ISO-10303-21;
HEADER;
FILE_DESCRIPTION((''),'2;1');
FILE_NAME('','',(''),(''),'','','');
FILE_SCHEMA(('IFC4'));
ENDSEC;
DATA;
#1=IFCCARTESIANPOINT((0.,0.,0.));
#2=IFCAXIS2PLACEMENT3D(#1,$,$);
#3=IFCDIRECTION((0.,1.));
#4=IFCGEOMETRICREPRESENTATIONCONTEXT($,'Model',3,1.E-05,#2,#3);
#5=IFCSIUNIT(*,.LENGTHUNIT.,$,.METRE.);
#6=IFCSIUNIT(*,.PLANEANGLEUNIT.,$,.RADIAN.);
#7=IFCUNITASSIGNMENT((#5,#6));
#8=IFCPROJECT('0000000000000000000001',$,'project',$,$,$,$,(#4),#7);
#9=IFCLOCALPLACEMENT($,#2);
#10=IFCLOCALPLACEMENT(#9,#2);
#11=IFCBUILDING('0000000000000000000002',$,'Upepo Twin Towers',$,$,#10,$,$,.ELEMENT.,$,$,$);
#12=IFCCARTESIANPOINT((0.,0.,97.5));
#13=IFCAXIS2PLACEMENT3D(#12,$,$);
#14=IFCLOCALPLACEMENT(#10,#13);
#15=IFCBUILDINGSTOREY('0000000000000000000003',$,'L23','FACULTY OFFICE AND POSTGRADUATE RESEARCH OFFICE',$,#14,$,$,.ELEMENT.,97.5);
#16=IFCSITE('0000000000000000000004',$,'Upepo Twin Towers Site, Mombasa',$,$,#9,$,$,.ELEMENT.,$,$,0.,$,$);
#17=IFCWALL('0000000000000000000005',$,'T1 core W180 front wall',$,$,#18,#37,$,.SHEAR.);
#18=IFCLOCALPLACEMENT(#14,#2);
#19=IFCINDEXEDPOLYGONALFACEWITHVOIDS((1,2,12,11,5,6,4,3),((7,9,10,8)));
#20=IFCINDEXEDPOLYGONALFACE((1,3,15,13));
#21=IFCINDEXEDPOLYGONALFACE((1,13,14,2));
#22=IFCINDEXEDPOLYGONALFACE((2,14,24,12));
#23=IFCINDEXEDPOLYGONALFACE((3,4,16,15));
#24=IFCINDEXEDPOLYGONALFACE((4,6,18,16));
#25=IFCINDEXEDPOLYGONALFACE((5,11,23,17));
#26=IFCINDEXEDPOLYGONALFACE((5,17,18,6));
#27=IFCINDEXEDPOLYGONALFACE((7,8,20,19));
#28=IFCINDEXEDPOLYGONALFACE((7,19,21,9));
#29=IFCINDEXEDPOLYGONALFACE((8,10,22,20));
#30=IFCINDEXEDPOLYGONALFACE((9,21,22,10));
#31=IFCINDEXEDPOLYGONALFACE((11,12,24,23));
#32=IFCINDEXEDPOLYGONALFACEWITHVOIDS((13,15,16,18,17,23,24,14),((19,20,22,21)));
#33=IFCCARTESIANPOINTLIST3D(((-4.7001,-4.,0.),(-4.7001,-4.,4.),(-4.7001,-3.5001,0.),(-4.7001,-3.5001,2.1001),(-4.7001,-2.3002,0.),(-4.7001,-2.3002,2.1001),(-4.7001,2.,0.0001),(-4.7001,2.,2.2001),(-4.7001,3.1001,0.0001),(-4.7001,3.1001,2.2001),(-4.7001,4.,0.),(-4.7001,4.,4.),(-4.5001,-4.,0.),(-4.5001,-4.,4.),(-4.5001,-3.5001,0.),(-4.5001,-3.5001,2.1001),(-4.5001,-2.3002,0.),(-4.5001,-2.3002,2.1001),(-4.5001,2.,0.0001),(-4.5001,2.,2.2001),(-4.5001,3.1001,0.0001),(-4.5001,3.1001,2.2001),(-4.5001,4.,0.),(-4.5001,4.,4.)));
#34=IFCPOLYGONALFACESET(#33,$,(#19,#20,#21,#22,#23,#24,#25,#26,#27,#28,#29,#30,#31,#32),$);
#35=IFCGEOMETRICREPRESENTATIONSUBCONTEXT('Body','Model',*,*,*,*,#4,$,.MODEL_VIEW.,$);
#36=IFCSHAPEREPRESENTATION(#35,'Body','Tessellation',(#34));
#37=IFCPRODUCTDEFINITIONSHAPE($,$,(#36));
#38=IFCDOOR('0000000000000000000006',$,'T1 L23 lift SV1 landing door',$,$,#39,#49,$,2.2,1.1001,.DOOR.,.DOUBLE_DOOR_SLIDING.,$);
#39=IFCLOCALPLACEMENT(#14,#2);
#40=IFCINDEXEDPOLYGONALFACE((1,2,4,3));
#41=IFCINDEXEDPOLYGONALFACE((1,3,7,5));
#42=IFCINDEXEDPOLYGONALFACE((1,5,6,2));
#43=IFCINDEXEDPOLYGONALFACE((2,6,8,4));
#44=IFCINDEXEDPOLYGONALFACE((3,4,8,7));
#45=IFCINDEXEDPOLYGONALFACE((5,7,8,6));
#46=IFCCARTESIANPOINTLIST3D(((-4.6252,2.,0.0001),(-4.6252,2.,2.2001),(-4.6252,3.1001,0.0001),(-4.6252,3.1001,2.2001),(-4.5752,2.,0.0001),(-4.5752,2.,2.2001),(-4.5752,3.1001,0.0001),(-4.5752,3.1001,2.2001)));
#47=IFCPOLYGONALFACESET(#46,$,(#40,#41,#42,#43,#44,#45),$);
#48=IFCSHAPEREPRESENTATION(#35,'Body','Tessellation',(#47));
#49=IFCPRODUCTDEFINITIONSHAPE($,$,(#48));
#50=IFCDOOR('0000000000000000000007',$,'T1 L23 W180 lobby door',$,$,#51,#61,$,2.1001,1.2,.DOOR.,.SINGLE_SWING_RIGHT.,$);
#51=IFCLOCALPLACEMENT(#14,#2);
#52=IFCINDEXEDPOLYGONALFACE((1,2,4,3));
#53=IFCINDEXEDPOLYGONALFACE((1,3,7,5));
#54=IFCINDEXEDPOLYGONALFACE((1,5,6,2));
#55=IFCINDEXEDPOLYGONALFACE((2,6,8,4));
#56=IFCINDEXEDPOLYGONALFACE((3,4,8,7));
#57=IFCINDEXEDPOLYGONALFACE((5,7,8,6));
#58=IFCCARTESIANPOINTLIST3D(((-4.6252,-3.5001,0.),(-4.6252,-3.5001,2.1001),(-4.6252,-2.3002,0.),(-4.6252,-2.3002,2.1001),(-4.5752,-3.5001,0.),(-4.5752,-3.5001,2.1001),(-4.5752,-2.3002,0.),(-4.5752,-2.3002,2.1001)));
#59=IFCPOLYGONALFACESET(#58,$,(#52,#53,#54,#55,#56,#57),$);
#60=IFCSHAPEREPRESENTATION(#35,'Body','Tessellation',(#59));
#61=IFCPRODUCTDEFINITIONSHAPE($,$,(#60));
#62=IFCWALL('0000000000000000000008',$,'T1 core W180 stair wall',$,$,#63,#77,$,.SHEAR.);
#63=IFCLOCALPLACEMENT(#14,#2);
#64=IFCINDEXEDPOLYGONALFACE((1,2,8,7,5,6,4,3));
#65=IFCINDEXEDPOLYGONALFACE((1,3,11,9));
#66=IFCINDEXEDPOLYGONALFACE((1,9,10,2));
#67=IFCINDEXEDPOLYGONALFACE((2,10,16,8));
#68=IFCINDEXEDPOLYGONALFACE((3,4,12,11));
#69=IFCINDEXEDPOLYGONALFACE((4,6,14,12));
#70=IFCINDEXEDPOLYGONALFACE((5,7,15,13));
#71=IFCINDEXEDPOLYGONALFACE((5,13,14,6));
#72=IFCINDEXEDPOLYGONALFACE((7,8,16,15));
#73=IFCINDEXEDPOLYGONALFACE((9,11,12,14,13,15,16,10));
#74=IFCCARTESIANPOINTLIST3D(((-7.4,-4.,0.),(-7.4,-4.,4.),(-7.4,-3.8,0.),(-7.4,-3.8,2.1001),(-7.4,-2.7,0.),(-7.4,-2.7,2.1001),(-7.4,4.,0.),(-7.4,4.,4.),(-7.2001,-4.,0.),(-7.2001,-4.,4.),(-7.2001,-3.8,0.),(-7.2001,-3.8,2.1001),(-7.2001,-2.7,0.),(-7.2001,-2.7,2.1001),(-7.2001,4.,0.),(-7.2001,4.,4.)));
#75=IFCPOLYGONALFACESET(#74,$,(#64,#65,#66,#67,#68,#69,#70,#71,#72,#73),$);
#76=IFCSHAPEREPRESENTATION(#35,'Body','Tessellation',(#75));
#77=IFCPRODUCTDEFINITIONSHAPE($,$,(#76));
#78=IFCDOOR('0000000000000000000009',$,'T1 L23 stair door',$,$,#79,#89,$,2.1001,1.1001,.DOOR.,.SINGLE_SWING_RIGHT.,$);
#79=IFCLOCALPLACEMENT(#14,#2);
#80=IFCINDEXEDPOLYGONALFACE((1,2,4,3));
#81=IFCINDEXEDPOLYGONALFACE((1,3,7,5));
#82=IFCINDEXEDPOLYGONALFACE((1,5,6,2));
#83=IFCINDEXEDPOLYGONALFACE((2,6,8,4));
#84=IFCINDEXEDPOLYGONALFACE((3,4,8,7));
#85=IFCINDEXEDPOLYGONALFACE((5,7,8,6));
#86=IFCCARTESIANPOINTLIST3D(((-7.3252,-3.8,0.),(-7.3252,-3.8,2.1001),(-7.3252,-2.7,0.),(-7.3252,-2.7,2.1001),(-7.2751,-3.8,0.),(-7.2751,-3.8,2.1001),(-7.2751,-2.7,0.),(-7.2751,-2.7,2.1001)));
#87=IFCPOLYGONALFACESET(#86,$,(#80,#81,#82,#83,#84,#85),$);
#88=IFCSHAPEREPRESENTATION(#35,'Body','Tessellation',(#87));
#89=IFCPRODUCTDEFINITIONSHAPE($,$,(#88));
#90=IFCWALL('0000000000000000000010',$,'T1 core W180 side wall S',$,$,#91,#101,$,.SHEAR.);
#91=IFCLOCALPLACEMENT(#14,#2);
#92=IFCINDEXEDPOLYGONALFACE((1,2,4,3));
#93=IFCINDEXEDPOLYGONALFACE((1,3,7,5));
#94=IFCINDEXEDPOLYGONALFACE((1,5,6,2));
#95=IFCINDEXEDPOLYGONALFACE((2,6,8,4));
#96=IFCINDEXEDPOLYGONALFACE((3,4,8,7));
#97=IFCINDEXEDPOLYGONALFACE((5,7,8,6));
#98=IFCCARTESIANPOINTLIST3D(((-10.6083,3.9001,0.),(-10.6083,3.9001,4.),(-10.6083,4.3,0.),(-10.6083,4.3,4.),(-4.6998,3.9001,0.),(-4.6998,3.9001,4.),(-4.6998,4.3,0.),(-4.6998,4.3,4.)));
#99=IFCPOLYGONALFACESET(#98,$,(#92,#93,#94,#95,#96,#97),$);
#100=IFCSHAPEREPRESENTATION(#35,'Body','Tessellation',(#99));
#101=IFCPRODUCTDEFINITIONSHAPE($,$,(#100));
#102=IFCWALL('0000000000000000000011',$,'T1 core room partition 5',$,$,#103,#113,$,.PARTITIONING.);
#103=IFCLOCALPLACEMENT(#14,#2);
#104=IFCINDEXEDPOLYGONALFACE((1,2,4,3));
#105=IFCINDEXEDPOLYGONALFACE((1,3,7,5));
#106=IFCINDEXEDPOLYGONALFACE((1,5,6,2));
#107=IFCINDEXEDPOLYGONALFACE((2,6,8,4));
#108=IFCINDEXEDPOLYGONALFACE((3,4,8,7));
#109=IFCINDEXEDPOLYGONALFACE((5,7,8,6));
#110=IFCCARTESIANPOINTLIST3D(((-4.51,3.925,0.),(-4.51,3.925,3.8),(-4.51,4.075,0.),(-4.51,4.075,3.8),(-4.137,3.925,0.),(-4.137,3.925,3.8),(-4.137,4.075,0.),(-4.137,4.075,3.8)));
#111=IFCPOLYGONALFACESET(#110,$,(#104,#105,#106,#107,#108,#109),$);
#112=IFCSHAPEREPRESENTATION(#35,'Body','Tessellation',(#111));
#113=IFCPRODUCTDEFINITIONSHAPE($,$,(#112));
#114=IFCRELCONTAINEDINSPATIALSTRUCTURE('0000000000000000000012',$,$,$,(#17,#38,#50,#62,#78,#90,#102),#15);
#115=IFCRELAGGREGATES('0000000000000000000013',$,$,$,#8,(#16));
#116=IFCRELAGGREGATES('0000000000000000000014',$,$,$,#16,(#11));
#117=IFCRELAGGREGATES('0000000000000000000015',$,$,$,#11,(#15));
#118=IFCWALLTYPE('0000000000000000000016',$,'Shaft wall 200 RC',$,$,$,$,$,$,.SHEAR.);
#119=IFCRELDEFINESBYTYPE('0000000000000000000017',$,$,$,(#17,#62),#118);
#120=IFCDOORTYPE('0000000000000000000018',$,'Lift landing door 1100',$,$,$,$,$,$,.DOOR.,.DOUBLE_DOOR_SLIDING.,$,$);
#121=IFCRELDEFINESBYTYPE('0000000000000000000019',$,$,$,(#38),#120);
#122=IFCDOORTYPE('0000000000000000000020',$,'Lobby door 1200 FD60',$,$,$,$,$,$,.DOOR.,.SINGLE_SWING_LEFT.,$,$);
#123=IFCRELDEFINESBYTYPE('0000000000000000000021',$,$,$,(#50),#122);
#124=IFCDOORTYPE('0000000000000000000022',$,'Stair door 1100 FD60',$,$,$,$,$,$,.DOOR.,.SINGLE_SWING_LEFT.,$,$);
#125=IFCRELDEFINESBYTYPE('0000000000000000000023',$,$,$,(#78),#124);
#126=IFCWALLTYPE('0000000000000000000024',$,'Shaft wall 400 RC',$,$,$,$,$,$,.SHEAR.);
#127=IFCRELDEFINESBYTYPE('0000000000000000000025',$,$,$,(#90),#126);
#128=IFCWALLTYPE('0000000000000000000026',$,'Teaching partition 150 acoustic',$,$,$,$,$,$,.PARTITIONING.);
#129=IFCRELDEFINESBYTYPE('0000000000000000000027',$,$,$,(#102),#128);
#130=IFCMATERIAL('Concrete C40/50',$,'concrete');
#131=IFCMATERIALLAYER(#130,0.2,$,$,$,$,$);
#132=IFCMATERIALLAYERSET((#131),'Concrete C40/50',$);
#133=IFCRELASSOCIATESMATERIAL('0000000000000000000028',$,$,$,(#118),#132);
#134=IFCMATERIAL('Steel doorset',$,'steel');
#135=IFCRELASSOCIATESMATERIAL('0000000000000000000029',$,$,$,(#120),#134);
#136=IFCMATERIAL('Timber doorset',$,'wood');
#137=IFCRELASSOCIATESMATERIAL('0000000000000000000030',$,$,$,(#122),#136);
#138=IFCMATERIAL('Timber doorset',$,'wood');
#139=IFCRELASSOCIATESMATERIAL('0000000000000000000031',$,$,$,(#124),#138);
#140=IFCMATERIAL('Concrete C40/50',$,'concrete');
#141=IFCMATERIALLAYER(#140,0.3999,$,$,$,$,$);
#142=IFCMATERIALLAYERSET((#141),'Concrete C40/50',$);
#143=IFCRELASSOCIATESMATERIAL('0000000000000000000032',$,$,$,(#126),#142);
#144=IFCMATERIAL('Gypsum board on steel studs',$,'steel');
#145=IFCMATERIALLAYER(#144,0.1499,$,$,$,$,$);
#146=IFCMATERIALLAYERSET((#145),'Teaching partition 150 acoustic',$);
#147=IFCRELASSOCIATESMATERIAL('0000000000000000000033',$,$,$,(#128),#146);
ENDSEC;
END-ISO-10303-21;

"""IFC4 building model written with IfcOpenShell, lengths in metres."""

from ifc_helpers import new_model, si_unit, direction, frame, frame_2d, origin, place, context, subcontext, project, spatial, rectangle, extrude, material, layer, layer_set, type_object, element, fill, save


model = new_model("IFC4")

# Units and contexts
model_context = context("Model", 3, precision=1e-05, world=origin(), true_north=direction((0.0, 1.0)))
body_context = subcontext(model_context, "Body", "Model", "MODEL_VIEW")
ifc_project = project(units=[si_unit("LENGTHUNIT", "METRE"), si_unit("PLANEANGLEUNIT", "RADIAN")], contexts=[model_context])

# Site, building, storey
site_placement = place(None, origin())
site = spatial("IfcSite", under=ifc_project, at=site_placement, Name="Upepo Twin Towers Site, Mombasa", CompositionType="ELEMENT", RefElevation=0.0)
building_placement = place(site_placement, origin())
building = spatial("IfcBuilding", under=site, at=building_placement, Name="Upepo Twin Towers", CompositionType="ELEMENT")
storey_placement = place(building_placement, frame((0.0, 0.0, 97.5)))
storey = spatial("IfcBuildingStorey", under=building, at=storey_placement, Name="L23", Description="FACULTY OFFICE AND POSTGRADUATE RESEARCH OFFICE", CompositionType="ELEMENT", Elevation=97.5)

# Wall, openings, doors
ifc_material_1 = material(Name="Concrete C40/50", Category="concrete")
ifc_layer_1 = layer(ifc_material_1, 0.2)
ifc_layer_set_1 = layer_set([ifc_layer_1], Name="Concrete C40/50")
wall_type_1 = type_object("IfcWallType", Name="Shaft wall 200 RC", PredefinedType="SHEAR", material=ifc_layer_set_1)
wall_1_placement = place(storey_placement, frame((-4.6001, 4.0, 0.0), z_axis=(0.0, 0.0, 1.0), x_axis=(0.0, -1.0, 0.0)))
wall_1 = element("IfcWall", 1, at=wall_1_placement, inside=storey, type_object=wall_type_1, Name="T1 core W180 front wall", PredefinedType="SHEAR", context=body_context, shape_type="SweptSolid", body=[
    extrude(rectangle(XDim=8.0, YDim=0.2, at=frame_2d((4.0, 0.0))), origin(), (0.0, 0.0, 1.0), 4.0),
])
opening_1_placement = place(wall_1_placement, frame((6.3, 0.0, 0.0)))
opening_1 = element("IfcOpeningElement", 2, at=opening_1_placement, cuts=wall_1, PredefinedType="OPENING", context=body_context, shape_type="SweptSolid", body=[
    extrude(rectangle(XDim=1.2, YDim=2.1001, at=frame_2d((0.6001, 1.05))), frame((0.0, 0.1099, 0.0), z_axis=(0.0, -1.0, 0.0), x_axis=(1.0, 0.0, 0.0)), (0.0, 0.0, 1.0), 0.22),
])
opening_2_placement = place(wall_1_placement, frame((0.8999, 0.0, 0.0)))
opening_2 = element("IfcOpeningElement", 3, at=opening_2_placement, cuts=wall_1, PredefinedType="OPENING", context=body_context, shape_type="SweptSolid", body=[
    extrude(rectangle(XDim=1.1001, YDim=2.2, at=frame_2d((0.55, 1.1001))), frame((0.0, 0.1099, 0.0), z_axis=(0.0, -1.0, 0.0), x_axis=(1.0, 0.0, 0.0)), (0.0, 0.0, 1.0), 0.22),
])
ifc_material_2 = material(Name="Steel doorset", Category="steel")
door_type_1 = type_object("IfcDoorType", Name="Lift landing door 1100", OperationType="DOUBLE_DOOR_SLIDING", PredefinedType="DOOR", material=ifc_material_2)
door_1_placement = place(opening_2_placement, origin())
door_1 = element("IfcDoor", 4, at=door_1_placement, inside=storey, type_object=door_type_1, Name="T1 L23 lift SV1 landing door", OperationType="DOUBLE_DOOR_SLIDING", OverallHeight=2.2, OverallWidth=1.1001, PredefinedType="DOOR", context=body_context, shape_type="SweptSolid", body=[
    extrude(rectangle(XDim=1.1001, YDim=2.2, at=frame_2d((0.55, 1.1001))), frame((0.0, 0.0249, 0.0), z_axis=(0.0, -1.0, 0.0), x_axis=(1.0, 0.0, 0.0)), (0.0, 0.0, 1.0), 0.05),
])
fill(opening_2, door_1)
ifc_material_3 = material(Name="Timber doorset", Category="wood")
door_type_2 = type_object("IfcDoorType", Name="Lobby door 1200 FD60", OperationType="SINGLE_SWING_LEFT", PredefinedType="DOOR", material=ifc_material_3)
door_2_placement = place(opening_1_placement, origin())
door_2 = element("IfcDoor", 5, at=door_2_placement, inside=storey, type_object=door_type_2, Name="T1 L23 W180 lobby door", OperationType="SINGLE_SWING_RIGHT", OverallHeight=2.1001, OverallWidth=1.2, PredefinedType="DOOR", context=body_context, shape_type="SweptSolid", body=[
    extrude(rectangle(XDim=1.2, YDim=2.1001, at=frame_2d((0.6001, 1.05))), frame((0.0, 0.0249, 0.0), z_axis=(0.0, -1.0, 0.0), x_axis=(1.0, 0.0, 0.0)), (0.0, 0.0, 1.0), 0.05),
])
fill(opening_1, door_2)

# Wall, opening, door
wall_2_placement = place(storey_placement, frame((-7.3, 4.0, 0.0), z_axis=(0.0, 0.0, 1.0), x_axis=(0.0, -1.0, 0.0)))
wall_2 = element("IfcWall", 6, at=wall_2_placement, inside=storey, type_object=wall_type_1, Name="T1 core W180 stair wall", PredefinedType="SHEAR", context=body_context, shape_type="SweptSolid", body=[
    extrude(rectangle(XDim=8.0, YDim=0.2, at=frame_2d((4.0, 0.0))), origin(), (0.0, 0.0, 1.0), 4.0),
])
opening_3_placement = place(wall_2_placement, frame((6.7, 0.0, 0.0)))
opening_3 = element("IfcOpeningElement", 7, at=opening_3_placement, cuts=wall_2, PredefinedType="OPENING", context=body_context, shape_type="SweptSolid", body=[
    extrude(rectangle(XDim=1.1001, YDim=2.1001, at=frame_2d((0.55, 1.05))), frame((0.0, 0.1099, 0.0), z_axis=(0.0, -1.0, 0.0), x_axis=(1.0, 0.0, 0.0)), (0.0, 0.0, 1.0), 0.22),
])
ifc_material_4 = material(Name="Timber doorset", Category="wood")
door_type_3 = type_object("IfcDoorType", Name="Stair door 1100 FD60", OperationType="SINGLE_SWING_LEFT", PredefinedType="DOOR", material=ifc_material_4)
door_3_placement = place(opening_3_placement, origin())
door_3 = element("IfcDoor", 8, at=door_3_placement, inside=storey, type_object=door_type_3, Name="T1 L23 stair door", OperationType="SINGLE_SWING_RIGHT", OverallHeight=2.1001, OverallWidth=1.1001, PredefinedType="DOOR", context=body_context, shape_type="SweptSolid", body=[
    extrude(rectangle(XDim=1.1001, YDim=2.1001, at=frame_2d((0.55, 1.05))), frame((0.0, 0.0249, 0.0), z_axis=(0.0, -1.0, 0.0), x_axis=(1.0, 0.0, 0.0)), (0.0, 0.0, 1.0), 0.05),
])
fill(opening_3, door_3)

# Walls
ifc_material_5 = material(Name="Concrete C40/50", Category="concrete")
ifc_layer_2 = layer(ifc_material_5, 0.3999)
ifc_layer_set_2 = layer_set([ifc_layer_2], Name="Concrete C40/50")
wall_type_2 = type_object("IfcWallType", Name="Shaft wall 400 RC", PredefinedType="SHEAR", material=ifc_layer_set_2)
wall_3_placement = place(storey_placement, frame((-4.7, 4.1001, 0.0), z_axis=(0.0, 0.0, 1.0), x_axis=(-1.0, 0.0, 0.0)))
element("IfcWall", 9, at=wall_3_placement, inside=storey, type_object=wall_type_2, Name="T1 core W180 side wall S", PredefinedType="SHEAR", context=body_context, shape_type="SweptSolid", body=[
    extrude(rectangle(XDim=5.9084, YDim=0.3999, at=frame_2d((2.9541, 0.0))), origin(), (0.0, 0.0, 1.0), 4.0),
])
ifc_material_6 = material(Name="Gypsum board on steel studs", Category="steel")
ifc_layer_3 = layer(ifc_material_6, 0.1499)
ifc_layer_set_3 = layer_set([ifc_layer_3], Name="Teaching partition 150 acoustic")
wall_type_3 = type_object("IfcWallType", Name="Teaching partition 150 acoustic", PredefinedType="PARTITIONING", material=ifc_layer_set_3)
wall_4_placement = place(storey_placement, frame((-4.51, 4.0, 0.0), z_axis=(0.0, 0.0, 1.0), x_axis=(1.0, 0.0, 0.0)))
element("IfcWall", 10, at=wall_4_placement, inside=storey, type_object=wall_type_3, Name="T1 core room partition 5", PredefinedType="PARTITIONING", context=body_context, shape_type="SweptSolid", body=[
    extrude(rectangle(XDim=0.373, YDim=0.1499, at=frame_2d((0.1865, 0.0))), origin(), (0.0, 0.0, 1.0), 3.8),
])

save(model, "model.ifc")
